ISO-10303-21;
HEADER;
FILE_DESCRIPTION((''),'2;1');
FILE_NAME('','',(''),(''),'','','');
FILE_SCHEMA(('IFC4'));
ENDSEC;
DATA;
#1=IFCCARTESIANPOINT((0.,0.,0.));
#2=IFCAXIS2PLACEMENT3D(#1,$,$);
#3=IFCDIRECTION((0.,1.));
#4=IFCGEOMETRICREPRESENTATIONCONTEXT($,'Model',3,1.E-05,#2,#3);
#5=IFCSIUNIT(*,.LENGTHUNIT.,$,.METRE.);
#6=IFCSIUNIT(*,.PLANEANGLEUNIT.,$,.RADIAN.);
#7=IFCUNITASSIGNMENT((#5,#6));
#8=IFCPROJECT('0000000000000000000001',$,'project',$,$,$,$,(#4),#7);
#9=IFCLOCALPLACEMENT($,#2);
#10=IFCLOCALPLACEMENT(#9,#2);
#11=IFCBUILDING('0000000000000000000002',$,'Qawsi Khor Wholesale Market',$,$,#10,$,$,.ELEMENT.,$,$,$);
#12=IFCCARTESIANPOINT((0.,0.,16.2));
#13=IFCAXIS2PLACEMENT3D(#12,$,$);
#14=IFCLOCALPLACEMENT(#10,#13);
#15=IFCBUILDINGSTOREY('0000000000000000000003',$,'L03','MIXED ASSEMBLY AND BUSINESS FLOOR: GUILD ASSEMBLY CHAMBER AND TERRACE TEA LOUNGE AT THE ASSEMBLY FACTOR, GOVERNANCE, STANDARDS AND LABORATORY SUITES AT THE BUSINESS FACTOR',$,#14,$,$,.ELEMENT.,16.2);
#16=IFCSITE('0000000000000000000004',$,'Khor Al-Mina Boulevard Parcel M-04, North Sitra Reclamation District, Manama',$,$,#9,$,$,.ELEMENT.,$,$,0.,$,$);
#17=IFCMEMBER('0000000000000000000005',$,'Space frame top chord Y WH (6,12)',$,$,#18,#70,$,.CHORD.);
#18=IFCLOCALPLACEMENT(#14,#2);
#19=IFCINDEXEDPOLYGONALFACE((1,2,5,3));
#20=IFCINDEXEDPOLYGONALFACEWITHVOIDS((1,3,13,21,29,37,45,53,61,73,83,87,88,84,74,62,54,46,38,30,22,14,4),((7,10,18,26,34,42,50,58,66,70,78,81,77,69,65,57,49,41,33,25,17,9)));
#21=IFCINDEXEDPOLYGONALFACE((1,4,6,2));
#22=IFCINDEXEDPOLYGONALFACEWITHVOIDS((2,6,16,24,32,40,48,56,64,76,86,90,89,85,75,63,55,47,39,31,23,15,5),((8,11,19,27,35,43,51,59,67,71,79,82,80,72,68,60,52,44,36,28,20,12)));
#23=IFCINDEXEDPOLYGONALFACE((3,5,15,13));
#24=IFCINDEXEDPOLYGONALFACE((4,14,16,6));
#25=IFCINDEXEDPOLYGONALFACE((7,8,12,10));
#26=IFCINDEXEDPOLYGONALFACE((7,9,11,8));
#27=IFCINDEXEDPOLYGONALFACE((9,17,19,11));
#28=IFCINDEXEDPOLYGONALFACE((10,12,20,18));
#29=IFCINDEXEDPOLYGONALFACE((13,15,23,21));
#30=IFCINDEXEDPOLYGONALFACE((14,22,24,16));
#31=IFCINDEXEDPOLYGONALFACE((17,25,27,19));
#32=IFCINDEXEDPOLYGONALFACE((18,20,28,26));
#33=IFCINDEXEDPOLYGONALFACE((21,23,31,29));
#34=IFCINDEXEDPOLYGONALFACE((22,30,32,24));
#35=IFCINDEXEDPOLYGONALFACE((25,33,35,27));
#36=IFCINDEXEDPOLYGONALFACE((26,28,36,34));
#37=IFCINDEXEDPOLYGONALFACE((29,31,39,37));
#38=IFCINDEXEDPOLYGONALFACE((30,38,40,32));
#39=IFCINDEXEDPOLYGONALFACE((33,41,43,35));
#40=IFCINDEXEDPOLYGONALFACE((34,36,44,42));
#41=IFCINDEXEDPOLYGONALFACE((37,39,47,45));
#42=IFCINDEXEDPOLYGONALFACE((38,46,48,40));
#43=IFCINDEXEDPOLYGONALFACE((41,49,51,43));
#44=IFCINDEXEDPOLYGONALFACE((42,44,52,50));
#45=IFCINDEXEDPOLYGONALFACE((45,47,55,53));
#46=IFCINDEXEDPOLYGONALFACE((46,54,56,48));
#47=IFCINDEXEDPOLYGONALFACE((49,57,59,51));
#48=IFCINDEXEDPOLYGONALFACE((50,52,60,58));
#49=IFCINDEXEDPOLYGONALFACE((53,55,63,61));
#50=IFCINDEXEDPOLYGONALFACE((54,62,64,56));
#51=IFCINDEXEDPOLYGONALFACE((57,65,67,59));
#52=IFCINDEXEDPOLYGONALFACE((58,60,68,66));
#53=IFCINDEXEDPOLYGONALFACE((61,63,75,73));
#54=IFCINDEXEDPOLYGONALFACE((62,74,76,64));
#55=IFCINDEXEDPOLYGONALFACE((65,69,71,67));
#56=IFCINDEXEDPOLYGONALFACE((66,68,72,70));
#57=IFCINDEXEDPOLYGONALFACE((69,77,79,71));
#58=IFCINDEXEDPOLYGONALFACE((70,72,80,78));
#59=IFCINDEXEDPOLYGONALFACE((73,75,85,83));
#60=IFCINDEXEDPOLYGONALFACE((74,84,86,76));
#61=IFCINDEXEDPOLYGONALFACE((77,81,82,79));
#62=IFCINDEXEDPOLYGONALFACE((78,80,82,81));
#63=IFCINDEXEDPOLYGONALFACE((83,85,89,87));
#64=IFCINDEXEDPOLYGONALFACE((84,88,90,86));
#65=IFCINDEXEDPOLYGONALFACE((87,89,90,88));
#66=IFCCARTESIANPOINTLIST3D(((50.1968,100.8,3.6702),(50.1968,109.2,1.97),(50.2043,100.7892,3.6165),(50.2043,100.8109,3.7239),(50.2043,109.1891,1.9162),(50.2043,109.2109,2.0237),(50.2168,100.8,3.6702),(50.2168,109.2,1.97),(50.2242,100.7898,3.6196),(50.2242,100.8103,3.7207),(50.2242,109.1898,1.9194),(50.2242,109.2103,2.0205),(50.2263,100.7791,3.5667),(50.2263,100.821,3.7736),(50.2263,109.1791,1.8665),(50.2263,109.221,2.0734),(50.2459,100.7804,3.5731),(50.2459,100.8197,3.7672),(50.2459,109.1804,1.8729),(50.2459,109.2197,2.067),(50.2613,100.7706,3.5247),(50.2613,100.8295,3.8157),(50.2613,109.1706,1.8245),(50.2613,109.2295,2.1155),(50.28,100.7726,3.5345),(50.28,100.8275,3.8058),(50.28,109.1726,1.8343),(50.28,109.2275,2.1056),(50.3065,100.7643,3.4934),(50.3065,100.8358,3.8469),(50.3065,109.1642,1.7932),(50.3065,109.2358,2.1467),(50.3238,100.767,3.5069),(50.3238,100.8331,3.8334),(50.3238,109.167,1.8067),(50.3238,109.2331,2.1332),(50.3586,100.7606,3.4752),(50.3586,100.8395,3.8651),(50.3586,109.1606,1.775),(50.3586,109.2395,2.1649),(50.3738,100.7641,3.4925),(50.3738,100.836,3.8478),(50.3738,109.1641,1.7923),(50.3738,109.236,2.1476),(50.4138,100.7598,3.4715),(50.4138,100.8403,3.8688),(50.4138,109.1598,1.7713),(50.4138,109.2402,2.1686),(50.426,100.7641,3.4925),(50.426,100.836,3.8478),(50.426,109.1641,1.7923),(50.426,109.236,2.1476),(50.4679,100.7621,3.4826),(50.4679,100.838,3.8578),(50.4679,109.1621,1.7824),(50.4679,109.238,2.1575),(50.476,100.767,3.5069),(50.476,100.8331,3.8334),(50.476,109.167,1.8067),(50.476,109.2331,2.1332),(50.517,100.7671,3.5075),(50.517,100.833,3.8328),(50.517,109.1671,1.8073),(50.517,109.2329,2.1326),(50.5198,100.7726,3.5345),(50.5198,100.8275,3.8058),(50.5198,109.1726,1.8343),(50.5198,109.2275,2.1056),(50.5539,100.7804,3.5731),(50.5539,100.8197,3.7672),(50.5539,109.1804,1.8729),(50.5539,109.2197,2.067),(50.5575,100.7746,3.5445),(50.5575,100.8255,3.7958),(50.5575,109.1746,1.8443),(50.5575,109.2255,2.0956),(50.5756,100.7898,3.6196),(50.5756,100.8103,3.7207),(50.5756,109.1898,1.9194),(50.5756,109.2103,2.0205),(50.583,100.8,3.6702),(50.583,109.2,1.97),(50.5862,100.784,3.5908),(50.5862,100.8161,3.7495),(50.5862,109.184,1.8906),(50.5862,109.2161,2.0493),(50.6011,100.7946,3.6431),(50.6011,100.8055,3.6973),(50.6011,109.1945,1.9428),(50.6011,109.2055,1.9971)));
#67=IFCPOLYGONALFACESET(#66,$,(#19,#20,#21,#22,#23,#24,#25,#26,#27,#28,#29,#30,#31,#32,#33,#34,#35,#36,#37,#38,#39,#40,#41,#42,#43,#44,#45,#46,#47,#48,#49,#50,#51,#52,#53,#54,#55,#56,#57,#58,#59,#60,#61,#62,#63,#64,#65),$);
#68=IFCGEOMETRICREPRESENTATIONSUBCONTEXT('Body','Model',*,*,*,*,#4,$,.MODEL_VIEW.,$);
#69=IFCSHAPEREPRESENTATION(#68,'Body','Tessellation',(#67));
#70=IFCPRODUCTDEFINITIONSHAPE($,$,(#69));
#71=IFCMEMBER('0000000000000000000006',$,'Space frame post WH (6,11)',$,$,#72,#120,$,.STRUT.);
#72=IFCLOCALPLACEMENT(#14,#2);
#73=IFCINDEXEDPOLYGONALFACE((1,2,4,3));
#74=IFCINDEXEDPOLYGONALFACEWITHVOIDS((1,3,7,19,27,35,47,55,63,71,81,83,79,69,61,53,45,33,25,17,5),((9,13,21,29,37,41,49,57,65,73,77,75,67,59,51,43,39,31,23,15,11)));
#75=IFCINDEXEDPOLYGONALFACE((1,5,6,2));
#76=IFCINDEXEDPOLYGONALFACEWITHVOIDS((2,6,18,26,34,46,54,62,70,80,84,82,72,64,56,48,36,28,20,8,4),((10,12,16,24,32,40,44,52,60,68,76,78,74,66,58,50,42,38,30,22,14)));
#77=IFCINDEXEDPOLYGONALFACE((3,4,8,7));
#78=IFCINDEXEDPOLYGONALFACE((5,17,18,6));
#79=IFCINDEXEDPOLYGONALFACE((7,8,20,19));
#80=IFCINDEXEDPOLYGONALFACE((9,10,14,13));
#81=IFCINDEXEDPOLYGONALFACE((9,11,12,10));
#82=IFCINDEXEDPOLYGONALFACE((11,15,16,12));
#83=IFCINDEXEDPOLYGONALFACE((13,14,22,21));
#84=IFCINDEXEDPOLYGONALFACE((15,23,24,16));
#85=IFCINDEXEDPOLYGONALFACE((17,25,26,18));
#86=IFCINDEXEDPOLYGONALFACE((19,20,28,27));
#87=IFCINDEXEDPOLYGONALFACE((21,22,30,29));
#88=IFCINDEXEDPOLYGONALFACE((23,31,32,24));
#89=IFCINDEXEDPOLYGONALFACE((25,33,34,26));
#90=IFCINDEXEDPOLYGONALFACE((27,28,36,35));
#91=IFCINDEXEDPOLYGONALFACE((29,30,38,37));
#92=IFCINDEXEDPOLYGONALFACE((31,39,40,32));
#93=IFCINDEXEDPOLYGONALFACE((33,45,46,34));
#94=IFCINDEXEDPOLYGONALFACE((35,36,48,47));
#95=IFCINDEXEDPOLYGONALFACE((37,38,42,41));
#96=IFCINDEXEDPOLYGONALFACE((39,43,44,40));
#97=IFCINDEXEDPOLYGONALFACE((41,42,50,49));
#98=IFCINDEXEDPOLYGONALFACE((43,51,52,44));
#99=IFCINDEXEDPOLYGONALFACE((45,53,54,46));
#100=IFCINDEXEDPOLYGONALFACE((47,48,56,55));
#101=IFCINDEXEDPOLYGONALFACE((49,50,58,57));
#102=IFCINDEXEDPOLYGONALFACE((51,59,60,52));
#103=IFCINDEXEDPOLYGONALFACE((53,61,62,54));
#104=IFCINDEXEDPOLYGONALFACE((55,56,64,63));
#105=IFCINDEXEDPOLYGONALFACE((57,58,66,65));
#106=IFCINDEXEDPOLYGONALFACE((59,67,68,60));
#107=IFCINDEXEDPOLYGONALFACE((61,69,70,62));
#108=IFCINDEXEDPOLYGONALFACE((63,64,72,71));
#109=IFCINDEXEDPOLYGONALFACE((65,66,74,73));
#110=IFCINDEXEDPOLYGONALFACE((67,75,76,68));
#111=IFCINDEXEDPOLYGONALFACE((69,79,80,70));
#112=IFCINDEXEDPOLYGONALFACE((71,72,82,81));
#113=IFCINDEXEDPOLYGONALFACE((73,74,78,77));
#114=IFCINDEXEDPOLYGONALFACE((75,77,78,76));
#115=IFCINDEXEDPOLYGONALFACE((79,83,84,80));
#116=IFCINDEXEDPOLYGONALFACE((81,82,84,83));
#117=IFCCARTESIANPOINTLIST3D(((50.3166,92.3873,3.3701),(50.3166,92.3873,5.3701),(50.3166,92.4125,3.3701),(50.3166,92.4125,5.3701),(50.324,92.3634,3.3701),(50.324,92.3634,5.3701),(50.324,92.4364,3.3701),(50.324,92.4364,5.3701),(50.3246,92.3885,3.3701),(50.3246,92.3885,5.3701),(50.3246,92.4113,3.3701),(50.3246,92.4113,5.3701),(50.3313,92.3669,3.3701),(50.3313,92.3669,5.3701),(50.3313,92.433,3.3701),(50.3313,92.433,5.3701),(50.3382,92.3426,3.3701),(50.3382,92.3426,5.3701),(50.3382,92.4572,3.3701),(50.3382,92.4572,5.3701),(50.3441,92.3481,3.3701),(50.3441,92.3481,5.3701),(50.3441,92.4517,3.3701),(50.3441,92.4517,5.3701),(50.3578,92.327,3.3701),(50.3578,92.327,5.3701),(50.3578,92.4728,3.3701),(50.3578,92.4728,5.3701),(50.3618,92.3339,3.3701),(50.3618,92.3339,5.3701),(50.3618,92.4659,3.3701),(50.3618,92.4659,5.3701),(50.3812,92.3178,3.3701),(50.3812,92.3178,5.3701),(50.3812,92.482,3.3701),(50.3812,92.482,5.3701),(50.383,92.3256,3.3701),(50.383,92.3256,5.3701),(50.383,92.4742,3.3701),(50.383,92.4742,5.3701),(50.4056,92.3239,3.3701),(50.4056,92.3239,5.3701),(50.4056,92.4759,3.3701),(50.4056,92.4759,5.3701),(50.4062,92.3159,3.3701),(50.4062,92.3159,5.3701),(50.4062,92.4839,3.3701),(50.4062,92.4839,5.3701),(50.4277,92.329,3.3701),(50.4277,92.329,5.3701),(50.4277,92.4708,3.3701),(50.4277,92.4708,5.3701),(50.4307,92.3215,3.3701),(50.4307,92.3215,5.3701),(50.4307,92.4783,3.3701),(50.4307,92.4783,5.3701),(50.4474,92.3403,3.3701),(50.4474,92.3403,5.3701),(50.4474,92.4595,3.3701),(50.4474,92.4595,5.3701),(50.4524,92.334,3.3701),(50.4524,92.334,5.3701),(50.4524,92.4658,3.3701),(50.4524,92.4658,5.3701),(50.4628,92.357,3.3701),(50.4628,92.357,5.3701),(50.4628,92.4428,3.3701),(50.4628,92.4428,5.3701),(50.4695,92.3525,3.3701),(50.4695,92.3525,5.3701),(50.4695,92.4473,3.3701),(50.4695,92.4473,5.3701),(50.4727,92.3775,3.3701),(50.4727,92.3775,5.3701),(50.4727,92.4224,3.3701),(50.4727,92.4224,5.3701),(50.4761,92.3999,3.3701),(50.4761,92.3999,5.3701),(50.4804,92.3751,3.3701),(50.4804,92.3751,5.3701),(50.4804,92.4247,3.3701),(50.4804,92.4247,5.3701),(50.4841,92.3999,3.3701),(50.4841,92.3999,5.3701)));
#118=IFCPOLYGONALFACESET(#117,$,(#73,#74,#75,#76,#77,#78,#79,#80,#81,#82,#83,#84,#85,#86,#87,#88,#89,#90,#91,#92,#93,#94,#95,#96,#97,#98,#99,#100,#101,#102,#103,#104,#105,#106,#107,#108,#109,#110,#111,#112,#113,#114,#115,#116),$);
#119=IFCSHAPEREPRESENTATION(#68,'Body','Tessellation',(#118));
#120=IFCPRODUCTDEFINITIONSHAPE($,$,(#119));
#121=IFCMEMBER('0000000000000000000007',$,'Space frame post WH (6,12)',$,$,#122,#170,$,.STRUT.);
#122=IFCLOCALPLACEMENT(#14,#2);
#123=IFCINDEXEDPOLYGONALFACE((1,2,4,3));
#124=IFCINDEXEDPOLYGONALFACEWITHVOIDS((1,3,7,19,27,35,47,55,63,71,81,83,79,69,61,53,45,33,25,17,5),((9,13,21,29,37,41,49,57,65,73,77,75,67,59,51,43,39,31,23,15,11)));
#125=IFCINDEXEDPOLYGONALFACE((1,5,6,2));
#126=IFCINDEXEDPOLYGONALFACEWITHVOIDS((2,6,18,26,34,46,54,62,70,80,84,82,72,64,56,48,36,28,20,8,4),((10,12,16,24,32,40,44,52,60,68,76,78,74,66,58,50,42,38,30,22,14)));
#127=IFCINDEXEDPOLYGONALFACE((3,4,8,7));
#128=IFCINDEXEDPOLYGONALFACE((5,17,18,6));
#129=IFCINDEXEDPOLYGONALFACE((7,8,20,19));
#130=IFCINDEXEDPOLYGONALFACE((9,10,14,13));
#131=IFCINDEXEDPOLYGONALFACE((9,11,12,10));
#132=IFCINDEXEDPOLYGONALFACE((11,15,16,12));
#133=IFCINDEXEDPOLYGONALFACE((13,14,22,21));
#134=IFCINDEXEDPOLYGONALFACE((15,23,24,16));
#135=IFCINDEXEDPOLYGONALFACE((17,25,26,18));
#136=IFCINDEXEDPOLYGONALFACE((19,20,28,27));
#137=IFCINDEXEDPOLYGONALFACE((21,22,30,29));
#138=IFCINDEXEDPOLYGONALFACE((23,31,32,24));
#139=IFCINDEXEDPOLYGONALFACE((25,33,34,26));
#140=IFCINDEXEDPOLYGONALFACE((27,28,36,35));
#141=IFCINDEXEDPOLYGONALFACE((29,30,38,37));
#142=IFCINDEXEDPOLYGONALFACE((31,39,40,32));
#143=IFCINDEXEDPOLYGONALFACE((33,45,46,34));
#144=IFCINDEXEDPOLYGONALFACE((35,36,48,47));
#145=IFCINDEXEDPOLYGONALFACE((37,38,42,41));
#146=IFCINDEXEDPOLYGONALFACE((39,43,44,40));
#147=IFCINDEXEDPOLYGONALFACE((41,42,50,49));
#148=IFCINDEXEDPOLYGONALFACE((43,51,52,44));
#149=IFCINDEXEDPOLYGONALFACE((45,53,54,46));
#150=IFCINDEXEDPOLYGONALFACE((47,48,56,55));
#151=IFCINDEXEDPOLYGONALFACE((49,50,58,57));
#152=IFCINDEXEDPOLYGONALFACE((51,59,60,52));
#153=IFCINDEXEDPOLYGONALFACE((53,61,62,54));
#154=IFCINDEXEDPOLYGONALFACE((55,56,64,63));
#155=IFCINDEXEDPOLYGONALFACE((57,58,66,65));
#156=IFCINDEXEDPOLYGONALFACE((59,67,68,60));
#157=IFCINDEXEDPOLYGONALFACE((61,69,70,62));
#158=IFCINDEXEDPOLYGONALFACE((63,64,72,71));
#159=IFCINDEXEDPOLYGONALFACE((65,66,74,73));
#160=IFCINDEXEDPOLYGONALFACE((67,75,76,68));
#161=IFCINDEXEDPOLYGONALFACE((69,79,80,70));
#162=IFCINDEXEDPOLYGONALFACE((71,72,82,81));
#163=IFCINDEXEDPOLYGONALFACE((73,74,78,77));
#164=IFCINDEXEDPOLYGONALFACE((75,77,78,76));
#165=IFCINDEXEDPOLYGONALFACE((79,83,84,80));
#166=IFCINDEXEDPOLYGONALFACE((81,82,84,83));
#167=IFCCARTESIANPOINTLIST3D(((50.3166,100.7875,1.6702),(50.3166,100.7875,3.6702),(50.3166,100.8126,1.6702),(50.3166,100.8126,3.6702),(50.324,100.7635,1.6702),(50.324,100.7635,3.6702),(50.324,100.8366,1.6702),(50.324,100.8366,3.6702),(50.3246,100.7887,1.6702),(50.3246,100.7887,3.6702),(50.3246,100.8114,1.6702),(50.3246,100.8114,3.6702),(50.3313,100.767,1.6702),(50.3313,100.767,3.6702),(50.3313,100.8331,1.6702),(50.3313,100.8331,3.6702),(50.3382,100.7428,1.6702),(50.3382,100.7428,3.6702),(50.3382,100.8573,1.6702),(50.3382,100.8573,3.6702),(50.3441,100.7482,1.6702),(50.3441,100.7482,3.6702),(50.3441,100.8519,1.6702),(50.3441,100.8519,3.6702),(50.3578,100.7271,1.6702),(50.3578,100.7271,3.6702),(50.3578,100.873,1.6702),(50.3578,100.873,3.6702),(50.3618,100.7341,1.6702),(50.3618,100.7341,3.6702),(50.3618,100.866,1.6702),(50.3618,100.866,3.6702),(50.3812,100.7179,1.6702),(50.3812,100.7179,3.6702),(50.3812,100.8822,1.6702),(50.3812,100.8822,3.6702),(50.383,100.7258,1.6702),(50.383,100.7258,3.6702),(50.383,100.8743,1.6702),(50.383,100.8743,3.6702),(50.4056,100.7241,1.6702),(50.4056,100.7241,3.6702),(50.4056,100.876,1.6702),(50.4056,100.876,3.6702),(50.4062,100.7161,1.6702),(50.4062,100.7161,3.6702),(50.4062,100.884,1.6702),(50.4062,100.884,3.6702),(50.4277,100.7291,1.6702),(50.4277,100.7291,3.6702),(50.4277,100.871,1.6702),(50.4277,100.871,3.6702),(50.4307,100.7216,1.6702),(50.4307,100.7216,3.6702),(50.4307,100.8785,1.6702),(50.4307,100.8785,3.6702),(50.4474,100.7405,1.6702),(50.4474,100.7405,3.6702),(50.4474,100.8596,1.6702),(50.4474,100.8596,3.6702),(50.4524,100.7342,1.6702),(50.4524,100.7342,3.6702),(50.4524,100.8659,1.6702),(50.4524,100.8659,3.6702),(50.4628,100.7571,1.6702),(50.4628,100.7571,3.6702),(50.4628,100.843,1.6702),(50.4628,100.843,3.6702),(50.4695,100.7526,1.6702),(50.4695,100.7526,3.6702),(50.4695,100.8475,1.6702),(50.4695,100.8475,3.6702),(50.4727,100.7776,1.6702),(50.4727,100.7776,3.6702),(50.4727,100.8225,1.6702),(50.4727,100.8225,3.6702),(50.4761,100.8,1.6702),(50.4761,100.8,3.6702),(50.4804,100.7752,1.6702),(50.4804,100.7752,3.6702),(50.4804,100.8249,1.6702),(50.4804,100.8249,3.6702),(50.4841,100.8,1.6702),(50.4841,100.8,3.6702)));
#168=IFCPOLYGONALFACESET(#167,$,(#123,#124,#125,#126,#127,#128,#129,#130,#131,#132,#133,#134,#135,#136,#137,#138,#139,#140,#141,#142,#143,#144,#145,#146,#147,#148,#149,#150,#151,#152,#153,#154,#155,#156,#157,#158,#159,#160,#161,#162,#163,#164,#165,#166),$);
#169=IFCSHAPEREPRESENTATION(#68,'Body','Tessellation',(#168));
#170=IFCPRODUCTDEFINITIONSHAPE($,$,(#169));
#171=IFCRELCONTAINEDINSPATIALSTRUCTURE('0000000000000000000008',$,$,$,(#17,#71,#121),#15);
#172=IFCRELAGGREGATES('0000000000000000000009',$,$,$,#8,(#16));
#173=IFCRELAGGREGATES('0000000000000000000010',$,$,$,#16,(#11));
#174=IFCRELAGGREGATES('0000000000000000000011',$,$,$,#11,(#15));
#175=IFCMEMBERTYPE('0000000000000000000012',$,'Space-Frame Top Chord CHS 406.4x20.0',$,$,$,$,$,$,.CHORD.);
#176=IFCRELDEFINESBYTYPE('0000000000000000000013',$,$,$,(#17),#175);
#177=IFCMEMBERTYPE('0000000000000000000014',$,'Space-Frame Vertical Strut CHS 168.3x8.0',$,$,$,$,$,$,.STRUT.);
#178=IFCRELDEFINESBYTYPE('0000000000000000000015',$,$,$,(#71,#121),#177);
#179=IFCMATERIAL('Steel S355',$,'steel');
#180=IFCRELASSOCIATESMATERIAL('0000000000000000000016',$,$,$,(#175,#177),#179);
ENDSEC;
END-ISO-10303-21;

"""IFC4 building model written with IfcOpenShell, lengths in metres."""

from ifc_helpers import new_model, si_unit, direction, frame, origin, origin_2d, place, context, subcontext, project, spatial, hollow_circle, extrude, material, material_profile, profile_set, type_object, element, save


model = new_model("IFC4")

# Units and contexts
model_context = context("Model", 3, precision=1e-05, world=origin(), true_north=direction((0.0, 1.0)))
body_context = subcontext(model_context, "Body", "Model", "MODEL_VIEW")
ifc_project = project(units=[si_unit("LENGTHUNIT", "METRE"), si_unit("PLANEANGLEUNIT", "RADIAN")], contexts=[model_context])

# Site, building, storey
site_placement = place(None, origin())
site = spatial("IfcSite", under=ifc_project, at=site_placement, Name="Khor Al-Mina Boulevard Parcel M-04, North Sitra Reclamation District, Manama", CompositionType="ELEMENT", RefElevation=0.0)
building_placement = place(site_placement, origin())
building = spatial("IfcBuilding", under=site, at=building_placement, Name="Qawsi Khor Wholesale Market", CompositionType="ELEMENT")
storey_placement = place(building_placement, frame((0.0, 0.0, 16.2)))
storey = spatial("IfcBuildingStorey", under=building, at=storey_placement, Name="L03", Description="MIXED ASSEMBLY AND BUSINESS FLOOR: GUILD ASSEMBLY CHAMBER AND TERRACE TEA LOUNGE AT THE ASSEMBLY FACTOR, GOVERNANCE, STANDARDS AND LABORATORY SUITES AT THE BUSINESS FACTOR", CompositionType="ELEMENT", Elevation=16.2)

# Members
ifc_material_1 = material(Name="Steel S355", Category="steel")
ifc_material_profile_1 = material_profile(ifc_material_1, hollow_circle(Radius=0.2031, WallThickness=0.02, at=origin_2d()), Name="CHS 406.4x20.0")
ifc_profile_set_1 = profile_set([ifc_material_profile_1], Name="Steel S355")
member_type_1 = type_object("IfcMemberType", Name="Space-Frame Top Chord CHS 406.4x20.0", PredefinedType="CHORD", material=ifc_profile_set_1)
member_1_placement = place(storey_placement, frame((50.3999, 100.8, 3.6702), z_axis=(0.0, 0.980124, -0.198384), x_axis=(-1.0, 0.0, 0.0)))
element("IfcMember", 1, at=member_1_placement, inside=storey, type_object=member_type_1, Name="Space frame top chord Y WH (6,12)", PredefinedType="CHORD", context=body_context, shape_type="SweptSolid", body=[
    extrude(hollow_circle(Radius=0.2031, WallThickness=0.02, at=origin_2d()), origin(), (0.0, 0.0, 1.0), 8.5703),
])
ifc_material_profile_2 = material_profile(ifc_material_1, hollow_circle(Radius=0.0842, WallThickness=0.0081, at=origin_2d()), Name="CHS 168.3x8.0")
ifc_profile_set_2 = profile_set([ifc_material_profile_2], Name="Steel S355")
member_type_2 = type_object("IfcMemberType", Name="Space-Frame Vertical Strut CHS 168.3x8.0", PredefinedType="STRUT", material=ifc_profile_set_2)
for number, where, z_axis, x_axis, name in (
    (2, (50.3999, 92.3999, 3.3701), (0.0, 0.0, 1.0), (1.0, 0.0, 0.0), "Space frame post WH (6,11)"),
    (3, (50.3999, 100.8, 1.6702), (0.0, 0.0, 1.0), (1.0, 0.0, 0.0), "Space frame post WH (6,12)"),
):
    element("IfcMember", number, at=place(storey_placement, frame(where, z_axis=z_axis, x_axis=x_axis)), inside=storey, type_object=member_type_2, Name=name, PredefinedType="STRUT", context=body_context, shape_type="SweptSolid", body=[
        extrude(hollow_circle(Radius=0.0842, WallThickness=0.0081, at=origin_2d()), origin(), (0.0, 0.0, 1.0), 2.0),
    ])

save(model, "model.ifc")
